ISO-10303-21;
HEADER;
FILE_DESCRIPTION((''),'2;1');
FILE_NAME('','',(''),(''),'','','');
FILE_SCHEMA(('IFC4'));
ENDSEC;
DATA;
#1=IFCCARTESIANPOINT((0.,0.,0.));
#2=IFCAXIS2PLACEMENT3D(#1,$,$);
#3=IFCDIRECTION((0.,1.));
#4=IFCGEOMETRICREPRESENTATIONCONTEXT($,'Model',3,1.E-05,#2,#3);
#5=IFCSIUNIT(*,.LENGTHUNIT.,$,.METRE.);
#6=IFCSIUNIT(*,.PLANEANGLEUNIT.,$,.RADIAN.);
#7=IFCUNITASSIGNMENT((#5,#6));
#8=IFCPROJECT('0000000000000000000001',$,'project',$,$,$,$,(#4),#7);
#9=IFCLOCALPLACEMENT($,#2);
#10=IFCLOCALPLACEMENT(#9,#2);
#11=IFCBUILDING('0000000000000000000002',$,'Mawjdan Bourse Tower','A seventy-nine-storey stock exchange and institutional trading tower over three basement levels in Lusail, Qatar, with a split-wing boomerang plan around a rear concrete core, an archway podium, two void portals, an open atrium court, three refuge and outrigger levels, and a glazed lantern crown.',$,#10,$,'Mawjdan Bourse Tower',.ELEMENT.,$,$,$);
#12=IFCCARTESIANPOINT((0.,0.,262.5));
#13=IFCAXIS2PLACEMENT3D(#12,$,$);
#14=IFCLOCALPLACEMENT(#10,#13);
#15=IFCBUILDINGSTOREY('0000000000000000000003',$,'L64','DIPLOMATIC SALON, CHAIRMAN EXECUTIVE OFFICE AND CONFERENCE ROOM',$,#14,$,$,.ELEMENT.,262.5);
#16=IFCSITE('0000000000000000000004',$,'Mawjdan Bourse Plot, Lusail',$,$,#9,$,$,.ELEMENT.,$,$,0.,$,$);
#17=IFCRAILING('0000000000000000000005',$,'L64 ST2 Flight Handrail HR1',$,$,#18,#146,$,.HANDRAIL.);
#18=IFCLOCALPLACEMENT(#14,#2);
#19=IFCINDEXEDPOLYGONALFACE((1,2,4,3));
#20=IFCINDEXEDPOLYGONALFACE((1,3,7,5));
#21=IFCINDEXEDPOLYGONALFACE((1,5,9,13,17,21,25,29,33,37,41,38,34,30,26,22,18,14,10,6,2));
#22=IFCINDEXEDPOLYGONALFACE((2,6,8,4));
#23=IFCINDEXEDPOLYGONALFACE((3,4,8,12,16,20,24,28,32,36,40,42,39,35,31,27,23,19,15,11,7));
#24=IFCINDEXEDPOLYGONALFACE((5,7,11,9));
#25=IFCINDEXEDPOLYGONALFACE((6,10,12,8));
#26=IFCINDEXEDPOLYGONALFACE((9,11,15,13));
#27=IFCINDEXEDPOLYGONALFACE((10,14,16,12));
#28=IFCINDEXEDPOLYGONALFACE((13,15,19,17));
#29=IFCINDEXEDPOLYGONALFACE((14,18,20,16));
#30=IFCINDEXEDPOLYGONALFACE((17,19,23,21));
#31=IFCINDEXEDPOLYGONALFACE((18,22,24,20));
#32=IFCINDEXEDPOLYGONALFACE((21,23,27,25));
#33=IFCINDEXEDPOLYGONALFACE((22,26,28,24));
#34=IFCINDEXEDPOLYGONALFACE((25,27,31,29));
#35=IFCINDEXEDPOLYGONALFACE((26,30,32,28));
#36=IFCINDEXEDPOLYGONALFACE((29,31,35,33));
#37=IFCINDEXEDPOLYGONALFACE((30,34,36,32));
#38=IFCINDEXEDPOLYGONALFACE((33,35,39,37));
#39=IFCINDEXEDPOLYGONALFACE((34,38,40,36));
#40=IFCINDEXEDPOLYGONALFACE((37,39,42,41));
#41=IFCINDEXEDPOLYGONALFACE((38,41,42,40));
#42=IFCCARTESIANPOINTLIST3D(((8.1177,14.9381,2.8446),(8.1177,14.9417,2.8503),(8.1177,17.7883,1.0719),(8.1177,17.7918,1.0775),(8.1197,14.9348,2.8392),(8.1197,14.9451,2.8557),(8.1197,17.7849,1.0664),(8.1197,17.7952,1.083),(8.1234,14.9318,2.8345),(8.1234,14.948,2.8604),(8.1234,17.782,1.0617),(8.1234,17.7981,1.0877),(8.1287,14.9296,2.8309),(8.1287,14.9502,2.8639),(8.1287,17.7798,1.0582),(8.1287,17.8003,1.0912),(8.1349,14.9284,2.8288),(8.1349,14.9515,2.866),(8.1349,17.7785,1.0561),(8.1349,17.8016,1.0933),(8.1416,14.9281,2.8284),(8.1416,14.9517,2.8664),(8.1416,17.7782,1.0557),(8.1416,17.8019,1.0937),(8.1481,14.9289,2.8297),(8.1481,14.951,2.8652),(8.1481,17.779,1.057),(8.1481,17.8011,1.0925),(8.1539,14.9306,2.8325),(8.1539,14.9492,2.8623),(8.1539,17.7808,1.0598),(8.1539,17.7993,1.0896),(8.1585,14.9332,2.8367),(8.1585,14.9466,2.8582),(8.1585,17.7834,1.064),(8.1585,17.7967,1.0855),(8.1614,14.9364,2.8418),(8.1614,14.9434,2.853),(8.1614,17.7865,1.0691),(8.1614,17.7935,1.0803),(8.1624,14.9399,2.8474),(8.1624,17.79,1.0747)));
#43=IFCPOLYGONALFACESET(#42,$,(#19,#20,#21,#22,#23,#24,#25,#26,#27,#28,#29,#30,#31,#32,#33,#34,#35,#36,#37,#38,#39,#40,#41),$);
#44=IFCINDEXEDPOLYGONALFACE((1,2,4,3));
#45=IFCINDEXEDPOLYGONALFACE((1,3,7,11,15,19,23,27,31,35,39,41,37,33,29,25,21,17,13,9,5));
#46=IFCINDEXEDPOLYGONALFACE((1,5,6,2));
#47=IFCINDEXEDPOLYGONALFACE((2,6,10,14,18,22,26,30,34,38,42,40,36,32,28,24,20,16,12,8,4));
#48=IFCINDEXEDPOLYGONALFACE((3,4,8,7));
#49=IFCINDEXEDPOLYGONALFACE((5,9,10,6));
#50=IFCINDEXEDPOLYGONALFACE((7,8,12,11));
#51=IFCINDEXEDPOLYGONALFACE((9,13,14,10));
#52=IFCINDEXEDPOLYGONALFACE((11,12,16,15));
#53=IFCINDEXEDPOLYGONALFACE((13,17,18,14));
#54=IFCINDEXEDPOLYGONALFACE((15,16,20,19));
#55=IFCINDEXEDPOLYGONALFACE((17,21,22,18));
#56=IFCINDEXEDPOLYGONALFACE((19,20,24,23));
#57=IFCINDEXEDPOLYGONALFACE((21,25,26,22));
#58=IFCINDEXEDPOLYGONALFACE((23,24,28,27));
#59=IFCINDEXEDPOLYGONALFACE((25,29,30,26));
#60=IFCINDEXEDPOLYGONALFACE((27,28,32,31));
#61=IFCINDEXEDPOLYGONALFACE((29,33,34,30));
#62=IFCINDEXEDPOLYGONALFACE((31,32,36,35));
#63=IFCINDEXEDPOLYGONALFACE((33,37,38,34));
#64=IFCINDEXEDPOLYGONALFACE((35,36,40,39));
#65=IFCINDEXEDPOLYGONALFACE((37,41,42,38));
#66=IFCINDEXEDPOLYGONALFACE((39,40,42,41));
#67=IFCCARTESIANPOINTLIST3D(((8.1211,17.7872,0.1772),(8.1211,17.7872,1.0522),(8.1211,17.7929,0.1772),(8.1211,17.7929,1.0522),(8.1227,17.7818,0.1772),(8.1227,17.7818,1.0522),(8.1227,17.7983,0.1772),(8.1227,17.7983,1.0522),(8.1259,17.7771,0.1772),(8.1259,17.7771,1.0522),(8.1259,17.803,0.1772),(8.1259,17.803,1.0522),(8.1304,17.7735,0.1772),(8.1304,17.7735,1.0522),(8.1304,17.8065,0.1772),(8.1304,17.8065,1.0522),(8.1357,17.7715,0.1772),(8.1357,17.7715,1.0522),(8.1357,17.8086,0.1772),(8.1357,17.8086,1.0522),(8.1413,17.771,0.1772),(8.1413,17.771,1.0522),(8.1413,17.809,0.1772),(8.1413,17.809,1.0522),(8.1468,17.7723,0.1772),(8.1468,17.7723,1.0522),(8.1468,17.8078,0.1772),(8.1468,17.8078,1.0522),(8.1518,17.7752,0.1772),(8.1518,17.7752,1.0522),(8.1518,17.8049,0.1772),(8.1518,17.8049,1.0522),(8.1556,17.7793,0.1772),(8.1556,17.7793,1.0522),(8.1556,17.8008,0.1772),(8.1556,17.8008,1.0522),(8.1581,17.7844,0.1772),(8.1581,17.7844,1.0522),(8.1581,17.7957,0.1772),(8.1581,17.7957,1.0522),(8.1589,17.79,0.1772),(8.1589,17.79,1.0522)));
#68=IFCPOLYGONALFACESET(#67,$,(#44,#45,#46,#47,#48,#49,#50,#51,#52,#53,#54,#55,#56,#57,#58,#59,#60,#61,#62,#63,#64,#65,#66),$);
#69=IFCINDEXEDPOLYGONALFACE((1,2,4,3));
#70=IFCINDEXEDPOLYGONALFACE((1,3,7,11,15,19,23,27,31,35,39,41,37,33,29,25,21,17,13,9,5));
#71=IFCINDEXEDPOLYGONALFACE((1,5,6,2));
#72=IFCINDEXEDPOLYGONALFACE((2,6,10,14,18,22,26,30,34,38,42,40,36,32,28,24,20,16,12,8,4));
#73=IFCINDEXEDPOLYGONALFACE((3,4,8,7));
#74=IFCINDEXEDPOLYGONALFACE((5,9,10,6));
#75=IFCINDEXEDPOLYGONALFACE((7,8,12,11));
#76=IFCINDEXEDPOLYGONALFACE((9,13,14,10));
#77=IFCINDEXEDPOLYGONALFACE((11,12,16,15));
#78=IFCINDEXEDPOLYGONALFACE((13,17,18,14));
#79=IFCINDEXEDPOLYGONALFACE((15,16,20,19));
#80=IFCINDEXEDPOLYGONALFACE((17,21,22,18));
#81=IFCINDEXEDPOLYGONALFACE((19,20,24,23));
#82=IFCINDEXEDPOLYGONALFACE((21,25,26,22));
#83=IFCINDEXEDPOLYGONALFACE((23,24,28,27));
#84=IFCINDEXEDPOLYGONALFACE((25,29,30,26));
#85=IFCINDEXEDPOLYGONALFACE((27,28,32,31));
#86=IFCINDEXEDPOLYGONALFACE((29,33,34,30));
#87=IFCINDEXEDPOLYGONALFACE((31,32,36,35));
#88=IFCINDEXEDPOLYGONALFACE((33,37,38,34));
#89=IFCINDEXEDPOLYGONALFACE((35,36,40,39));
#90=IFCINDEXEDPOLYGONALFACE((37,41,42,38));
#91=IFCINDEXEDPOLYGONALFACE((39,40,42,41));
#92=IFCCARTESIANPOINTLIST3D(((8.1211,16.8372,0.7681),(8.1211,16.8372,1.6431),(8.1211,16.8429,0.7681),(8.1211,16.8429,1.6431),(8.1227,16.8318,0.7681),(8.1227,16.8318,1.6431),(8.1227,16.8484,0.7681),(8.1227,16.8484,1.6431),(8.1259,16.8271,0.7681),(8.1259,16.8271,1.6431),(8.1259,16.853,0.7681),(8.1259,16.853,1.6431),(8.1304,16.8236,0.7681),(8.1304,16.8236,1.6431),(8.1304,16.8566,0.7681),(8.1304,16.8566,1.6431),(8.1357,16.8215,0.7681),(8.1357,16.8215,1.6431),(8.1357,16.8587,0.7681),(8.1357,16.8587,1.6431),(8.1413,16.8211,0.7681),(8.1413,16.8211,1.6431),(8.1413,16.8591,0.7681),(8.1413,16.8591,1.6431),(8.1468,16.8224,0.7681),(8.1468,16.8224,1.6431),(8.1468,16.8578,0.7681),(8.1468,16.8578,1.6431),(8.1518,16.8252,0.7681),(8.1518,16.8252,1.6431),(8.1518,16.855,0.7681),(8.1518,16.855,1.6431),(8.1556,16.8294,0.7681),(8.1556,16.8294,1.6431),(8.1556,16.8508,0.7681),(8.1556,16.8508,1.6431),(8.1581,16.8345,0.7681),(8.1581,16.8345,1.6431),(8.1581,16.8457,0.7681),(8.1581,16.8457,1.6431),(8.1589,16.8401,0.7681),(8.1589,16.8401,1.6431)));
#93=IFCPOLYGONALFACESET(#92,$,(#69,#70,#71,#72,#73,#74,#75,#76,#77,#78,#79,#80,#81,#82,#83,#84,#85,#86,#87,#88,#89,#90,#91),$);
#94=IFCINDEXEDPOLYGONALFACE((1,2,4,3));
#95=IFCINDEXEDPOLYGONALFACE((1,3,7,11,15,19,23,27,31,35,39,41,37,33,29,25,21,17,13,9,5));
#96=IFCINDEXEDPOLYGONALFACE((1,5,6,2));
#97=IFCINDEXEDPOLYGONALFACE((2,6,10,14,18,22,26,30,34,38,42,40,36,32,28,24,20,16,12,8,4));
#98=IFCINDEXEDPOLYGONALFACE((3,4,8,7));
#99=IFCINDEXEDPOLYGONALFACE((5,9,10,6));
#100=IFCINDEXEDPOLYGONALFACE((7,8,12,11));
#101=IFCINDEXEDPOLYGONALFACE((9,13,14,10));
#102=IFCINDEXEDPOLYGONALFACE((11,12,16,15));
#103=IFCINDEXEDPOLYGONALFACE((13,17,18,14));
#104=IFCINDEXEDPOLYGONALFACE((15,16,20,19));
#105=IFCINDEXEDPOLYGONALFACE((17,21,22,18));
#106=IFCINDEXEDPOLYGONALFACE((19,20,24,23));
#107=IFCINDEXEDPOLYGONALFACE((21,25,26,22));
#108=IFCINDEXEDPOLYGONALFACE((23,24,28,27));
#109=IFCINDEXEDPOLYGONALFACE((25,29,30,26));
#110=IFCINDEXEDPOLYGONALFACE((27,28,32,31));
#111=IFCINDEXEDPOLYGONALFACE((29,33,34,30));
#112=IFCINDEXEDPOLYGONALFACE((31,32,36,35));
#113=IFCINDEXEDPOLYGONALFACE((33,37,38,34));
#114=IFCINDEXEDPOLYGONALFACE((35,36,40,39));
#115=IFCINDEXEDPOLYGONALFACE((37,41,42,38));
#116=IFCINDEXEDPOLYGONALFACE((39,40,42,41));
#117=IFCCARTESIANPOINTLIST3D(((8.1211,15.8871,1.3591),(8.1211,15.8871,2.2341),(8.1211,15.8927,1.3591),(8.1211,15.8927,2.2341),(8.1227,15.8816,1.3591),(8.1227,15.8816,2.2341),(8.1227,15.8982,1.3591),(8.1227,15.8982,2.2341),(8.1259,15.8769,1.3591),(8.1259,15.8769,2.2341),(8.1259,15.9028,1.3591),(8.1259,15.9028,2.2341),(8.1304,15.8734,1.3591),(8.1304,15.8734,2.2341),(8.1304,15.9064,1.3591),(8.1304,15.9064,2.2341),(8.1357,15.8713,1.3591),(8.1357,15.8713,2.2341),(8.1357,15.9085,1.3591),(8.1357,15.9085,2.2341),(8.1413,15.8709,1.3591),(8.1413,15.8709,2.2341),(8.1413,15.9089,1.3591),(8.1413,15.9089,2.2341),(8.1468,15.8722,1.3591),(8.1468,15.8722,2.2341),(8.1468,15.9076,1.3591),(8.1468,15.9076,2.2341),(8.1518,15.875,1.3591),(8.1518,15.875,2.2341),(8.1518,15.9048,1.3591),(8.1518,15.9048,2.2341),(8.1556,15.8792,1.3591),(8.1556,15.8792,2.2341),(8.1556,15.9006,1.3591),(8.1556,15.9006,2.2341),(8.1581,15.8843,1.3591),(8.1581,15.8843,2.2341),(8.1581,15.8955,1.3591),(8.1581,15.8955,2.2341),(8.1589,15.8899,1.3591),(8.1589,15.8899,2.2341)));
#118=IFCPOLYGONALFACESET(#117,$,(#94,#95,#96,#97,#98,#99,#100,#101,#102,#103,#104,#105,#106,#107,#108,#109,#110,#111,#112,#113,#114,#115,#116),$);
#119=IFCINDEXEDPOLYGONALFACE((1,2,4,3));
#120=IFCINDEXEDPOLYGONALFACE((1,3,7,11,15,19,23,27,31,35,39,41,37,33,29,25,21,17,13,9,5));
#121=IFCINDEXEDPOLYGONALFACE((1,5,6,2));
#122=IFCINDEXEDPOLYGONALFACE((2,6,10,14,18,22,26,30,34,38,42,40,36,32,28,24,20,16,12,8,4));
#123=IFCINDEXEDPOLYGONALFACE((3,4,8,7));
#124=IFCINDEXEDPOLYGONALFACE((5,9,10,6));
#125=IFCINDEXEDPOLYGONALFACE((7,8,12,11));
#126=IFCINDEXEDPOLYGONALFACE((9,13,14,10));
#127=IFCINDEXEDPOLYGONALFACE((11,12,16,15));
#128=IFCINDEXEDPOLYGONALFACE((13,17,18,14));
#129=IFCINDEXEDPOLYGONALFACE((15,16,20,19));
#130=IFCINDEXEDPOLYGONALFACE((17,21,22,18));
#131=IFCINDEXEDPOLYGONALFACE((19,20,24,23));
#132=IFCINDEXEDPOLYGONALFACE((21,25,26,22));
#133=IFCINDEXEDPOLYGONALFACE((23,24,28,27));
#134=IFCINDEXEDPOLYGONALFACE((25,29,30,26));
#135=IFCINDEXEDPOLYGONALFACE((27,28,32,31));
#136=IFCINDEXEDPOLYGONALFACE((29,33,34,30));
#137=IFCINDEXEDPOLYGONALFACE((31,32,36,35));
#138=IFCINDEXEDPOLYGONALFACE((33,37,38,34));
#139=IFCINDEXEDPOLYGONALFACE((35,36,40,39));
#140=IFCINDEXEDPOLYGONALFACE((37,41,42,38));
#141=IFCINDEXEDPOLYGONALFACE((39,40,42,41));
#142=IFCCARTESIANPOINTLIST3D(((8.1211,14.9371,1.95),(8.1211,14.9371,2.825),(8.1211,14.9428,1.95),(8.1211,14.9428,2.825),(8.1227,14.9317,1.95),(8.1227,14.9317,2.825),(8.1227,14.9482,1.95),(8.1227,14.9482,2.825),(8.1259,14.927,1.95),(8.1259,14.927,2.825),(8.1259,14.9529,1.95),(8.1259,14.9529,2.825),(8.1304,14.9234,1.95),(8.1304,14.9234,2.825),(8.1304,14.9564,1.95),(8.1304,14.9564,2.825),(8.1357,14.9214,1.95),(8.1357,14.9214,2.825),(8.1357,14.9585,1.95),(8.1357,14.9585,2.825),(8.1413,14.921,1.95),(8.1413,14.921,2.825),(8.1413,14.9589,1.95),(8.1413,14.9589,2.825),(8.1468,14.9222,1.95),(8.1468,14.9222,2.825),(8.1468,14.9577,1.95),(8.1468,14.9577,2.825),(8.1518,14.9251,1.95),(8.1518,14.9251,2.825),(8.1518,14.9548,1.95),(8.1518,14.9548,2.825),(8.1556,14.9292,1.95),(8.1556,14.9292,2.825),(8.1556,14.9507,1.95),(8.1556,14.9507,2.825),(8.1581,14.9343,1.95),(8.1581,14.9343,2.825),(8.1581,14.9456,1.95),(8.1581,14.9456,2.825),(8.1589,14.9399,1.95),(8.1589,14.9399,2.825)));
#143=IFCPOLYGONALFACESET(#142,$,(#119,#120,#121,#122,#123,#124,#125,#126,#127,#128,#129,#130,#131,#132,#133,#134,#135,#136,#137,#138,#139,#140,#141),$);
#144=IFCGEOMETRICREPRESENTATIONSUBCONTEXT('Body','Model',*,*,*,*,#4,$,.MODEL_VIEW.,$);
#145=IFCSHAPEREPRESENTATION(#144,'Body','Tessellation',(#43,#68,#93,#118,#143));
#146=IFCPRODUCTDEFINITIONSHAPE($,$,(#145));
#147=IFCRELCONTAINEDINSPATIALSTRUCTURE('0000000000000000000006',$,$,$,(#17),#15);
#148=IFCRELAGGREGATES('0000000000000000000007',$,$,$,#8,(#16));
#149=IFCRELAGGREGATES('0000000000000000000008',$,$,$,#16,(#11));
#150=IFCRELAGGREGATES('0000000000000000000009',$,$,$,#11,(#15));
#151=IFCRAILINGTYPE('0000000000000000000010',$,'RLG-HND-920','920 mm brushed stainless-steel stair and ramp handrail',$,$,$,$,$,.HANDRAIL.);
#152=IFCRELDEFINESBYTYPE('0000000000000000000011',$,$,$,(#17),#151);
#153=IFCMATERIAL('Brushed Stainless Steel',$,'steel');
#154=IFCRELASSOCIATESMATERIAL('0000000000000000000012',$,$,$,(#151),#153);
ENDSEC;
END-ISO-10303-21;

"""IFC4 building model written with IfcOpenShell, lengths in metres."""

from ifc_helpers import new_model, si_unit, direction, frame, origin, origin_2d, place, context, subcontext, project, spatial, circle, extrude, material, type_object, element, save


model = new_model("IFC4")

# Units and contexts
model_context = context("Model", 3, precision=1e-05, world=origin(), true_north=direction((0.0, 1.0)))
body_context = subcontext(model_context, "Body", "Model", "MODEL_VIEW")
ifc_project = project(units=[si_unit("LENGTHUNIT", "METRE"), si_unit("PLANEANGLEUNIT", "RADIAN")], contexts=[model_context])

# Site, building, storey
site_placement = place(None, origin())
site = spatial("IfcSite", under=ifc_project, at=site_placement, Name="Mawjdan Bourse Plot, Lusail", CompositionType="ELEMENT", RefElevation=0.0)
building_placement = place(site_placement, origin())
building = spatial("IfcBuilding", under=site, at=building_placement, Name="Mawjdan Bourse Tower", Description="A seventy-nine-storey stock exchange and institutional trading tower over three basement levels in Lusail, Qatar, with a split-wing boomerang plan around a rear concrete core, an archway podium, two void portals, an open atrium court, three refuge and outrigger levels, and a glazed lantern crown.", LongName="Mawjdan Bourse Tower", CompositionType="ELEMENT")
storey_placement = place(building_placement, frame((0.0, 0.0, 262.5)))
storey = spatial("IfcBuildingStorey", under=building, at=storey_placement, Name="L64", Description="DIPLOMATIC SALON, CHAIRMAN EXECUTIVE OFFICE AND CONFERENCE ROOM", CompositionType="ELEMENT", Elevation=262.5)

# Railing
ifc_material_1 = material(Name="Brushed Stainless Steel", Category="steel")
railing_type_1 = type_object("IfcRailingType", Name="RLG-HND-920", Description="920 mm brushed stainless-steel stair and ramp handrail", PredefinedType="HANDRAIL", material=ifc_material_1)
for number, where, name in (
    (1, (8.1399, 17.79, 0.1772), "L64 ST2 Flight Handrail HR1"),
):
    element("IfcRailing", number, at=place(storey_placement, frame(where)), inside=storey, type_object=railing_type_1, Name=name, PredefinedType="HANDRAIL", context=body_context, shape_type="SweptSolid", body=[
        extrude(circle(Radius=0.0225, at=origin_2d()), frame((0.0, 0.0, 0.8975), z_axis=(0.0, -0.849149, 0.528154), x_axis=(1.0, 0.0, 0.0)), (0.0, 0.0, 1.0), 3.3564),
        extrude(circle(Radius=0.019, at=origin_2d()), origin(), (0.0, 0.0, 1.0), 0.875),
        extrude(circle(Radius=0.019, at=origin_2d()), frame((0.0, -0.95, 0.5908)), (0.0, 0.0, 1.0), 0.875),
        extrude(circle(Radius=0.019, at=origin_2d()), frame((0.0, -1.9001, 1.1819)), (0.0, 0.0, 1.0), 0.875),
        extrude(circle(Radius=0.019, at=origin_2d()), frame((0.0, -2.8501, 1.7727)), (0.0, 0.0, 1.0), 0.875),
    ])

save(model, "model.ifc")
